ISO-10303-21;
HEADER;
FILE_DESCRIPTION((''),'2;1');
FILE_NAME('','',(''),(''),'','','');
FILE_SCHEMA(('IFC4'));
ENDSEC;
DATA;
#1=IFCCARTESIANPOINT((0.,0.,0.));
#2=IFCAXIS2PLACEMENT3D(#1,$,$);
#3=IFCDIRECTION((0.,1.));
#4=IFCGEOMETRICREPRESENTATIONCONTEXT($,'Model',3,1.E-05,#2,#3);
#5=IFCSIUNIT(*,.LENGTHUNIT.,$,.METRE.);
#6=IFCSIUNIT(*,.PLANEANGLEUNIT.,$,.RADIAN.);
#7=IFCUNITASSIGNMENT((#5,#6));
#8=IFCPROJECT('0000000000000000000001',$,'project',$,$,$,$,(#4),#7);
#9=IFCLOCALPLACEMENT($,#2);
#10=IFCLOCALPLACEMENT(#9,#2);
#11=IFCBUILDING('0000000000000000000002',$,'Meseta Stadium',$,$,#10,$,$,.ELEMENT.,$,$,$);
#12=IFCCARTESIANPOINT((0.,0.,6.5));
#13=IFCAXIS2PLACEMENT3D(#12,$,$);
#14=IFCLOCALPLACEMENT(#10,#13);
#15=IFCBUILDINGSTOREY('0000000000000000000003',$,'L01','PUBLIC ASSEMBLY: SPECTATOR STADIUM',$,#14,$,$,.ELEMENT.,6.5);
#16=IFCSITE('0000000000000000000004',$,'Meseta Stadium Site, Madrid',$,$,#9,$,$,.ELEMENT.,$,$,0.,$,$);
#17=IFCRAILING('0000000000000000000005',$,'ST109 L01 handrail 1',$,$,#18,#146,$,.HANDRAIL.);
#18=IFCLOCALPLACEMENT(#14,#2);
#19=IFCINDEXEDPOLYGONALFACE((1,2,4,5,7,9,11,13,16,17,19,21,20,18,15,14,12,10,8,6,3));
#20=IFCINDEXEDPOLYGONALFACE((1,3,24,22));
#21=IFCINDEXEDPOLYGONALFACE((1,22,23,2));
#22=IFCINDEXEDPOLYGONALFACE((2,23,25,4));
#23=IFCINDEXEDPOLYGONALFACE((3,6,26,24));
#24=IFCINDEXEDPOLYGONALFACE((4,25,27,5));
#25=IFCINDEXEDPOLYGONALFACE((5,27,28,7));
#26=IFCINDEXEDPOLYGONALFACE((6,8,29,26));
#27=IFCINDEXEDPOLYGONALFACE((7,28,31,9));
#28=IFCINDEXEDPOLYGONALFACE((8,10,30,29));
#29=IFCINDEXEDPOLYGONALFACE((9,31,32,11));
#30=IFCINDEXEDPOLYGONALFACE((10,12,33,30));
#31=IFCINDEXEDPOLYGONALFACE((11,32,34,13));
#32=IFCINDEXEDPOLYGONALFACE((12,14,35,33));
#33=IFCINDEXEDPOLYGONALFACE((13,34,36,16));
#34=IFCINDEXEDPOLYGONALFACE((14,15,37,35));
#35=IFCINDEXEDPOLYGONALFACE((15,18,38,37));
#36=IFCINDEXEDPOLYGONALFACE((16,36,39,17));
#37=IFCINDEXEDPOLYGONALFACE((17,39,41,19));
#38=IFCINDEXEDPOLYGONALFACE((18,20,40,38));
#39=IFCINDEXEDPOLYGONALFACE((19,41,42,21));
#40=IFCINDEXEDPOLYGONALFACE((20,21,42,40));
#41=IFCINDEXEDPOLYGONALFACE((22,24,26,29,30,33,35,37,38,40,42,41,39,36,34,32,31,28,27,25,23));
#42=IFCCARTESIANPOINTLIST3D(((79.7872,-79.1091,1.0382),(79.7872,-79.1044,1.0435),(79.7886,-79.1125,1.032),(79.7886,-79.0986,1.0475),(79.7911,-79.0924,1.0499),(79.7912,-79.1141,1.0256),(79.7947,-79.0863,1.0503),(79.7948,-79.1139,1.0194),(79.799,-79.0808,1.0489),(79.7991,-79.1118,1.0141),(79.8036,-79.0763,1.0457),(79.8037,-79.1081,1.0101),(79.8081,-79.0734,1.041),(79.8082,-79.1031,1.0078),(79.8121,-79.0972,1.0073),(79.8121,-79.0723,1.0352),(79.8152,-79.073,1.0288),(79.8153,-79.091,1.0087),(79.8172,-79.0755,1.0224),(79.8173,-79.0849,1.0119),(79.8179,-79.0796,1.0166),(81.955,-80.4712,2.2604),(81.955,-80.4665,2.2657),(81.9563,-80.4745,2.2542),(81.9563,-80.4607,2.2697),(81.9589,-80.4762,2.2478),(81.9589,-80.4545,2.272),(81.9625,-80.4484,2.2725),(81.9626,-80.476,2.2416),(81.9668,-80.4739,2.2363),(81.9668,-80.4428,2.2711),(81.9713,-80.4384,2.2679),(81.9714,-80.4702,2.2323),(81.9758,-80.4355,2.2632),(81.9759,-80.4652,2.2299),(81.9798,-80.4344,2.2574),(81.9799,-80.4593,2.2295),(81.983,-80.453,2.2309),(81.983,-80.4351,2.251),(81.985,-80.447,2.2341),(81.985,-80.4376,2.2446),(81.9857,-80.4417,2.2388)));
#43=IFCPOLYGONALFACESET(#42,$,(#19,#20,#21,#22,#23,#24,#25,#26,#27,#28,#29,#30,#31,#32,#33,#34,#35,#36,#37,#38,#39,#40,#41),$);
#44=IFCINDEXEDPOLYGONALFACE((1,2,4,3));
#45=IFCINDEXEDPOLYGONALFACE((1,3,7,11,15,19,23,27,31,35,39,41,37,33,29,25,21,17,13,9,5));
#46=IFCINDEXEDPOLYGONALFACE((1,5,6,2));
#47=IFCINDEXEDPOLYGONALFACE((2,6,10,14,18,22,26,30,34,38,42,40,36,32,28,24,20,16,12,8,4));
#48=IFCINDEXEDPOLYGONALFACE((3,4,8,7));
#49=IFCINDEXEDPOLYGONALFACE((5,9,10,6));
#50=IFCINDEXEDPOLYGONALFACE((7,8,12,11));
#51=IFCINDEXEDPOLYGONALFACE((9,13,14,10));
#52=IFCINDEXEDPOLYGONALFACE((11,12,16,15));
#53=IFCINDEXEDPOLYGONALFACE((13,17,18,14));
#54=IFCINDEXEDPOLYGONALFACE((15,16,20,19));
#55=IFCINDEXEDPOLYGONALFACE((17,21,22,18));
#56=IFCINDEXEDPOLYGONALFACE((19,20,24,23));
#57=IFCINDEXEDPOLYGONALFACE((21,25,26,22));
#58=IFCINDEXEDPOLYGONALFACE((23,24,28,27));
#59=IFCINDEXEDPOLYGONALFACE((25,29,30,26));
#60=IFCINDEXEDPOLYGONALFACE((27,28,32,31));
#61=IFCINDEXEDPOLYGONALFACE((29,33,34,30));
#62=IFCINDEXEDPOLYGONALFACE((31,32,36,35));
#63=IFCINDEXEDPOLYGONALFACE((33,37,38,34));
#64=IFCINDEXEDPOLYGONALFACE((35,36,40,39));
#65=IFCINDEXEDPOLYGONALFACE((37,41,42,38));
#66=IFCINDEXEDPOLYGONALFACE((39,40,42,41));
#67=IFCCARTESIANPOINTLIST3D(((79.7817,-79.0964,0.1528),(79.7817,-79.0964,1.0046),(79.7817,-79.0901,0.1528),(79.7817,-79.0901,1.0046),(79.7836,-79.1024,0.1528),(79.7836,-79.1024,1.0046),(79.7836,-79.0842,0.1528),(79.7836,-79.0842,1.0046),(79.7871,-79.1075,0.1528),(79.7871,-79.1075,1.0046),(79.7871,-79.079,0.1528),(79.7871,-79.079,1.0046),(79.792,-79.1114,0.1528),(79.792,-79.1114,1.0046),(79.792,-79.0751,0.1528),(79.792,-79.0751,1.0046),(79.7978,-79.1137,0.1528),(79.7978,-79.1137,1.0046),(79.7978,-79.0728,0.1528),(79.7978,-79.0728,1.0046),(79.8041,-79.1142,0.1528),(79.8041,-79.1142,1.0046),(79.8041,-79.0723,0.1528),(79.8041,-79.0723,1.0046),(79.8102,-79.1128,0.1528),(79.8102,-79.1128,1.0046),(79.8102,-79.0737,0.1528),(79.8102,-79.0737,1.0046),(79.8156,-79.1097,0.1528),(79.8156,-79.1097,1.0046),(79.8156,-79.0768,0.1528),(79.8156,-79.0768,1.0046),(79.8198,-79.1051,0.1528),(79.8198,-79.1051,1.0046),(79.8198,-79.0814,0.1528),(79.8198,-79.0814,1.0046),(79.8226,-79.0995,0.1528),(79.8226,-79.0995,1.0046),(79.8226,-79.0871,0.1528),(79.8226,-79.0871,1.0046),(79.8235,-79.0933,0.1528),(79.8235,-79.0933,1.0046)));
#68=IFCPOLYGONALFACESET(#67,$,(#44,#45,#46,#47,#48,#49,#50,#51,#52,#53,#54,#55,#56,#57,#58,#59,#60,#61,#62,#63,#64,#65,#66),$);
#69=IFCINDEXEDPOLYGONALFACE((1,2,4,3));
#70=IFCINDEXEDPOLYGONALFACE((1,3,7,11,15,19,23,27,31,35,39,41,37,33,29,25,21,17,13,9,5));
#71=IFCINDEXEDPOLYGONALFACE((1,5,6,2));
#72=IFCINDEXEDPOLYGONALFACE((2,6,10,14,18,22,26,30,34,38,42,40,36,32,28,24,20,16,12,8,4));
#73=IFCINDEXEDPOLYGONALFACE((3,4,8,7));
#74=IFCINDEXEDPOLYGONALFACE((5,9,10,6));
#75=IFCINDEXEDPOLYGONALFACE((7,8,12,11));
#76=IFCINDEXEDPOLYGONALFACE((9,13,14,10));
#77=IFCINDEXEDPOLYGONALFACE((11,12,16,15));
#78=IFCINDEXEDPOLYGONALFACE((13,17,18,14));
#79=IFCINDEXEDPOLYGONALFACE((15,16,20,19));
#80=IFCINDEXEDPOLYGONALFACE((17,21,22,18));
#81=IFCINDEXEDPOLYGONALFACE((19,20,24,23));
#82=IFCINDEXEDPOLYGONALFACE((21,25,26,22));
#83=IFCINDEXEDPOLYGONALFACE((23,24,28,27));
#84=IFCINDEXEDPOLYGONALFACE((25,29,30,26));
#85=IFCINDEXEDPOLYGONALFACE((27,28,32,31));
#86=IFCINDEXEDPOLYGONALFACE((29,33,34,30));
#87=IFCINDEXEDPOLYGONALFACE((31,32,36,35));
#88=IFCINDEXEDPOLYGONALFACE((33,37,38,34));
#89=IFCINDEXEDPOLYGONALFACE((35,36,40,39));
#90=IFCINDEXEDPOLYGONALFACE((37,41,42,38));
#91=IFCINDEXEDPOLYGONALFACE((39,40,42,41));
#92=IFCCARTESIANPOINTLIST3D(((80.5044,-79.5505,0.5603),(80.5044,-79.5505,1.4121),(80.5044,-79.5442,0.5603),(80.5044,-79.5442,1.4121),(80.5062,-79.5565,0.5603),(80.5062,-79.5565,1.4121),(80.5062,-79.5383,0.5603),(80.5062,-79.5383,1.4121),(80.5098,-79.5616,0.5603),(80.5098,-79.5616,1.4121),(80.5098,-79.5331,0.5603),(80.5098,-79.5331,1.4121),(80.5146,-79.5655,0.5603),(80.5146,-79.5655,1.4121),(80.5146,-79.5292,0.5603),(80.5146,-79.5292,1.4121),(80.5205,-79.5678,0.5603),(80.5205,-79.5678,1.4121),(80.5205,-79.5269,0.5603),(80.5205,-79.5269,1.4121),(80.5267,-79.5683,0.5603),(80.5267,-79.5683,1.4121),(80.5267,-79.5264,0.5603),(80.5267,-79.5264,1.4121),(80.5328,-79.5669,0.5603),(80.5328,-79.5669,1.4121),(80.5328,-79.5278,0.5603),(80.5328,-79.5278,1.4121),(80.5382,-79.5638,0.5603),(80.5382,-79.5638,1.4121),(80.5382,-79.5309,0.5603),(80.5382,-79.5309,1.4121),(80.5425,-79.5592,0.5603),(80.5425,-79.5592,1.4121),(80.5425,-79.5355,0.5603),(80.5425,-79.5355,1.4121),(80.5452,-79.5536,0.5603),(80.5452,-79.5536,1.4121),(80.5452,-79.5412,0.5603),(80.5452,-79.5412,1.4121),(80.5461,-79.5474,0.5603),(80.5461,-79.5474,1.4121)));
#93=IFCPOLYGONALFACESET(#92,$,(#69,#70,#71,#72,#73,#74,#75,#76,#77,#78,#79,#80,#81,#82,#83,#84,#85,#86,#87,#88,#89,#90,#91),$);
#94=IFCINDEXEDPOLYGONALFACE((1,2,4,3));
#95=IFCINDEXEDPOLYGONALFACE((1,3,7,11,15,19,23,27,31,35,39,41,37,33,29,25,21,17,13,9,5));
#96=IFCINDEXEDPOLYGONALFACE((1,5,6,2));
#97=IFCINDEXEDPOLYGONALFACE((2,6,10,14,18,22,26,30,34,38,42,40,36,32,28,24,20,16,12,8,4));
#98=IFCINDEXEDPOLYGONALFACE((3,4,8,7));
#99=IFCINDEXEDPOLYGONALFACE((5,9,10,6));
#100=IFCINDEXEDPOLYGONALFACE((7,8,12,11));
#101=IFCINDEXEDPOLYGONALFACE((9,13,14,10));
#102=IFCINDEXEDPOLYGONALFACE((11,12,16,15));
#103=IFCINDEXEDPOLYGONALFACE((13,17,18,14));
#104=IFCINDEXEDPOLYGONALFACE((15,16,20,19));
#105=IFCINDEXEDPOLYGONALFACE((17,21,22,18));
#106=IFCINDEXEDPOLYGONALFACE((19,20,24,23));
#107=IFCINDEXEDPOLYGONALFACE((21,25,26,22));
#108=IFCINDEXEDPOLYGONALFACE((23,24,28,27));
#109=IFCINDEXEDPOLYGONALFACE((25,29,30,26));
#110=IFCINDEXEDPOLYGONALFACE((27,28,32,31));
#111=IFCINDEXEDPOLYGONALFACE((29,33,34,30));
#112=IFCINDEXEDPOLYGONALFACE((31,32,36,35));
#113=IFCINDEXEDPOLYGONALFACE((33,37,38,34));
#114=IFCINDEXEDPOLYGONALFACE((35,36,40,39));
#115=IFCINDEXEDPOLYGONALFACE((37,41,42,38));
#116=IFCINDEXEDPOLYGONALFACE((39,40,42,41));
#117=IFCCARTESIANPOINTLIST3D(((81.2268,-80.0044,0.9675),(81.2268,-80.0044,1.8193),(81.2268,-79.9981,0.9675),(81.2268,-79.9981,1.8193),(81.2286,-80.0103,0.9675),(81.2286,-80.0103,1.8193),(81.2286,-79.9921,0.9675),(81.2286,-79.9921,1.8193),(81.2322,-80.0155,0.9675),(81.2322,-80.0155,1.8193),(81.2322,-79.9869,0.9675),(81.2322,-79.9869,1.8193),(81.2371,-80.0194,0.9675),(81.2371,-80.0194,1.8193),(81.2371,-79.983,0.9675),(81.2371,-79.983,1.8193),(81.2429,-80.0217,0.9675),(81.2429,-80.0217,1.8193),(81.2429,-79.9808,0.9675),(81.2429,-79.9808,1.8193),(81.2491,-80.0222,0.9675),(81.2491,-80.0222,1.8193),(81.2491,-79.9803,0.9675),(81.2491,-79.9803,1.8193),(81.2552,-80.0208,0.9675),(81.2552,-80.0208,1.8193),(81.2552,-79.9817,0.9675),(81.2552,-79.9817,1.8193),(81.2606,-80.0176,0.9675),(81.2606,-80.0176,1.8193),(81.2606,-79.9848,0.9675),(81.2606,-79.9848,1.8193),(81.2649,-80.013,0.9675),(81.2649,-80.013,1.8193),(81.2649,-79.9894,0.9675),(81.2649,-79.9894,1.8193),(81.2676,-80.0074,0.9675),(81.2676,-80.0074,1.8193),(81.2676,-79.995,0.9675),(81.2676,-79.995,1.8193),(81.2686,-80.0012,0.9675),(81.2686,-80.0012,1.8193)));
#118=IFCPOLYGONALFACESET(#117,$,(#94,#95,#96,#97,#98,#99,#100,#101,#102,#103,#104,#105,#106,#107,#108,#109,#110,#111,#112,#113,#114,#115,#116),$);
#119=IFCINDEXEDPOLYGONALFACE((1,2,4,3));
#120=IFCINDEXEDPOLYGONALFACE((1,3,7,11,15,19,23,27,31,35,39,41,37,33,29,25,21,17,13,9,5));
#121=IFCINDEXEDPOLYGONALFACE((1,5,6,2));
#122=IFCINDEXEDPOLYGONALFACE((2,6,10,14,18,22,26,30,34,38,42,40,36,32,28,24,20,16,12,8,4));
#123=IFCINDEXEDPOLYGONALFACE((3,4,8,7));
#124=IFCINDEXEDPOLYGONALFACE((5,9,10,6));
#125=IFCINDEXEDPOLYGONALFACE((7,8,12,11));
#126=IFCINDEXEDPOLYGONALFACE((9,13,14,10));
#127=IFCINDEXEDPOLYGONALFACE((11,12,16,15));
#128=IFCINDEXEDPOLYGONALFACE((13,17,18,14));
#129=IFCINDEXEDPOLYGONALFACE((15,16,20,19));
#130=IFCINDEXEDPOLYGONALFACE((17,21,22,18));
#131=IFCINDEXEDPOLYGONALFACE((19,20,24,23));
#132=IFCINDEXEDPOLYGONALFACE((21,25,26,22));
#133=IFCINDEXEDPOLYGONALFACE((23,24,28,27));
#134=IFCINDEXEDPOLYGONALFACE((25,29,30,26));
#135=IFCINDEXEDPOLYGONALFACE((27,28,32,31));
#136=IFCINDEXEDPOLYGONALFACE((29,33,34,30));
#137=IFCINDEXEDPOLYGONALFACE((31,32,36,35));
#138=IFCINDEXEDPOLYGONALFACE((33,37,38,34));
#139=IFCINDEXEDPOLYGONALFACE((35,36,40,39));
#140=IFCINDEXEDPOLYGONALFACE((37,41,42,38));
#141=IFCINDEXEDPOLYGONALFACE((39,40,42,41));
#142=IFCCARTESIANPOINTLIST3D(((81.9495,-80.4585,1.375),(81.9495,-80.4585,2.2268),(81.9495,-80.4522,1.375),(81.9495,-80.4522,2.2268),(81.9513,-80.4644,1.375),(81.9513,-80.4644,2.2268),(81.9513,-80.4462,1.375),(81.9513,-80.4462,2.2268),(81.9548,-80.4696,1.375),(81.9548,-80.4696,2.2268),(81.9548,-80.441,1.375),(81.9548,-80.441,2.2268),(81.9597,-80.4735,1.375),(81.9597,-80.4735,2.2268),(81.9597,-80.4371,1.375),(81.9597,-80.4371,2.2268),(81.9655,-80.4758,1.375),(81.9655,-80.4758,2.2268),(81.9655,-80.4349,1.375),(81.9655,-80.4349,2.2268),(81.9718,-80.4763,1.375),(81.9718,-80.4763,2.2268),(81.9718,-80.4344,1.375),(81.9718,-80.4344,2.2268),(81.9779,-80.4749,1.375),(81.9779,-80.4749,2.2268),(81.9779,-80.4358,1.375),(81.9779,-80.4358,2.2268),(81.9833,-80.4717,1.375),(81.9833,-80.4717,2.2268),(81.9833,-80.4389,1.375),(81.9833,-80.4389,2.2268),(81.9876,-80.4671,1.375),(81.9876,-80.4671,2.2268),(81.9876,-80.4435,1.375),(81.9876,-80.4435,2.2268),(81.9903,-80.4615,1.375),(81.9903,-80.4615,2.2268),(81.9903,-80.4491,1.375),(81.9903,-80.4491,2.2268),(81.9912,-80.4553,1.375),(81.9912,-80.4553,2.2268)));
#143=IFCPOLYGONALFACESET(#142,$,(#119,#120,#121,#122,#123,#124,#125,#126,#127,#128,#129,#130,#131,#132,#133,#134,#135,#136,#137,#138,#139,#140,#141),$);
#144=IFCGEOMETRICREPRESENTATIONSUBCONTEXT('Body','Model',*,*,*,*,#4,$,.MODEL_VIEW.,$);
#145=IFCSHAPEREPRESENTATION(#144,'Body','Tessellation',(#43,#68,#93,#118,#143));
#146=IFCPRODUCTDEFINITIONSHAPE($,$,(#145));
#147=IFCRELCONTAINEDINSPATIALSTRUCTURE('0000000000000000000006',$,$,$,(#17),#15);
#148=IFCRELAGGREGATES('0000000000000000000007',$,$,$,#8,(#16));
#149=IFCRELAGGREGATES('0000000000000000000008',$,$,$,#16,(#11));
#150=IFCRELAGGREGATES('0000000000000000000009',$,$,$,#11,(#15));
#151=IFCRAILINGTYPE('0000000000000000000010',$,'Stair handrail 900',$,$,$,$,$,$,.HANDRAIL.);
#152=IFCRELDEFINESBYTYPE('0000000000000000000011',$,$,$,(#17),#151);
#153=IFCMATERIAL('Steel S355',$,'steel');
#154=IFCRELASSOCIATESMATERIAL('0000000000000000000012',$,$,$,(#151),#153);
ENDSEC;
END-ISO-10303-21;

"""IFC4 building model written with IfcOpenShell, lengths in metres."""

from ifc_helpers import new_model, si_unit, direction, frame, origin, origin_2d, place, context, subcontext, project, spatial, circle, extrude, material, type_object, element, save


model = new_model("IFC4")

# Units and contexts
model_context = context("Model", 3, precision=1e-05, world=origin(), true_north=direction((0.0, 1.0)))
body_context = subcontext(model_context, "Body", "Model", "MODEL_VIEW")
ifc_project = project(units=[si_unit("LENGTHUNIT", "METRE"), si_unit("PLANEANGLEUNIT", "RADIAN")], contexts=[model_context])

# Site, building, storey
site_placement = place(None, origin())
site = spatial("IfcSite", under=ifc_project, at=site_placement, Name="Meseta Stadium Site, Madrid", CompositionType="ELEMENT", RefElevation=0.0)
building_placement = place(site_placement, origin())
building = spatial("IfcBuilding", under=site, at=building_placement, Name="Meseta Stadium", CompositionType="ELEMENT")
storey_placement = place(building_placement, frame((0.0, 0.0, 6.5)))
storey = spatial("IfcBuildingStorey", under=building, at=storey_placement, Name="L01", Description="PUBLIC ASSEMBLY: SPECTATOR STADIUM", CompositionType="ELEMENT", Elevation=6.5)

# Railing
ifc_material_1 = material(Name="Steel S355", Category="steel")
railing_type_1 = type_object("IfcRailingType", Name="Stair handrail 900", PredefinedType="HANDRAIL", material=ifc_material_1)
railing_1_placement = place(storey_placement, frame((79.8025, -79.0933, 0.1528)))
element("IfcRailing", 1, at=railing_1_placement, inside=storey, type_object=railing_type_1, Name="ST109 L01 handrail 1", PredefinedType="HANDRAIL", context=body_context, shape_type="SweptSolid", body=[
    extrude(circle(Radius=0.0239, at=origin_2d()), frame((0.0, 0.0, 0.876), z_axis=(0.764121, -0.480125, 0.430813), x_axis=(0.532029, 0.846726, 0.0)), (0.0, 0.0, 1.0), 2.8369),
    extrude(circle(Radius=0.021, at=origin_2d()), origin(), (0.0, 0.0, 1.0), 0.8518),
    extrude(circle(Radius=0.021, at=origin_2d()), frame((0.7227, -0.4541, 0.4075)), (0.0, 0.0, 1.0), 0.8518),
    extrude(circle(Radius=0.021, at=origin_2d()), frame((1.4451, -0.908, 0.8147)), (0.0, 0.0, 1.0), 0.8518),
    extrude(circle(Radius=0.021, at=origin_2d()), frame((2.1677, -1.3621, 1.2222)), (0.0, 0.0, 1.0), 0.8518),
])

save(model, "model.ifc")
